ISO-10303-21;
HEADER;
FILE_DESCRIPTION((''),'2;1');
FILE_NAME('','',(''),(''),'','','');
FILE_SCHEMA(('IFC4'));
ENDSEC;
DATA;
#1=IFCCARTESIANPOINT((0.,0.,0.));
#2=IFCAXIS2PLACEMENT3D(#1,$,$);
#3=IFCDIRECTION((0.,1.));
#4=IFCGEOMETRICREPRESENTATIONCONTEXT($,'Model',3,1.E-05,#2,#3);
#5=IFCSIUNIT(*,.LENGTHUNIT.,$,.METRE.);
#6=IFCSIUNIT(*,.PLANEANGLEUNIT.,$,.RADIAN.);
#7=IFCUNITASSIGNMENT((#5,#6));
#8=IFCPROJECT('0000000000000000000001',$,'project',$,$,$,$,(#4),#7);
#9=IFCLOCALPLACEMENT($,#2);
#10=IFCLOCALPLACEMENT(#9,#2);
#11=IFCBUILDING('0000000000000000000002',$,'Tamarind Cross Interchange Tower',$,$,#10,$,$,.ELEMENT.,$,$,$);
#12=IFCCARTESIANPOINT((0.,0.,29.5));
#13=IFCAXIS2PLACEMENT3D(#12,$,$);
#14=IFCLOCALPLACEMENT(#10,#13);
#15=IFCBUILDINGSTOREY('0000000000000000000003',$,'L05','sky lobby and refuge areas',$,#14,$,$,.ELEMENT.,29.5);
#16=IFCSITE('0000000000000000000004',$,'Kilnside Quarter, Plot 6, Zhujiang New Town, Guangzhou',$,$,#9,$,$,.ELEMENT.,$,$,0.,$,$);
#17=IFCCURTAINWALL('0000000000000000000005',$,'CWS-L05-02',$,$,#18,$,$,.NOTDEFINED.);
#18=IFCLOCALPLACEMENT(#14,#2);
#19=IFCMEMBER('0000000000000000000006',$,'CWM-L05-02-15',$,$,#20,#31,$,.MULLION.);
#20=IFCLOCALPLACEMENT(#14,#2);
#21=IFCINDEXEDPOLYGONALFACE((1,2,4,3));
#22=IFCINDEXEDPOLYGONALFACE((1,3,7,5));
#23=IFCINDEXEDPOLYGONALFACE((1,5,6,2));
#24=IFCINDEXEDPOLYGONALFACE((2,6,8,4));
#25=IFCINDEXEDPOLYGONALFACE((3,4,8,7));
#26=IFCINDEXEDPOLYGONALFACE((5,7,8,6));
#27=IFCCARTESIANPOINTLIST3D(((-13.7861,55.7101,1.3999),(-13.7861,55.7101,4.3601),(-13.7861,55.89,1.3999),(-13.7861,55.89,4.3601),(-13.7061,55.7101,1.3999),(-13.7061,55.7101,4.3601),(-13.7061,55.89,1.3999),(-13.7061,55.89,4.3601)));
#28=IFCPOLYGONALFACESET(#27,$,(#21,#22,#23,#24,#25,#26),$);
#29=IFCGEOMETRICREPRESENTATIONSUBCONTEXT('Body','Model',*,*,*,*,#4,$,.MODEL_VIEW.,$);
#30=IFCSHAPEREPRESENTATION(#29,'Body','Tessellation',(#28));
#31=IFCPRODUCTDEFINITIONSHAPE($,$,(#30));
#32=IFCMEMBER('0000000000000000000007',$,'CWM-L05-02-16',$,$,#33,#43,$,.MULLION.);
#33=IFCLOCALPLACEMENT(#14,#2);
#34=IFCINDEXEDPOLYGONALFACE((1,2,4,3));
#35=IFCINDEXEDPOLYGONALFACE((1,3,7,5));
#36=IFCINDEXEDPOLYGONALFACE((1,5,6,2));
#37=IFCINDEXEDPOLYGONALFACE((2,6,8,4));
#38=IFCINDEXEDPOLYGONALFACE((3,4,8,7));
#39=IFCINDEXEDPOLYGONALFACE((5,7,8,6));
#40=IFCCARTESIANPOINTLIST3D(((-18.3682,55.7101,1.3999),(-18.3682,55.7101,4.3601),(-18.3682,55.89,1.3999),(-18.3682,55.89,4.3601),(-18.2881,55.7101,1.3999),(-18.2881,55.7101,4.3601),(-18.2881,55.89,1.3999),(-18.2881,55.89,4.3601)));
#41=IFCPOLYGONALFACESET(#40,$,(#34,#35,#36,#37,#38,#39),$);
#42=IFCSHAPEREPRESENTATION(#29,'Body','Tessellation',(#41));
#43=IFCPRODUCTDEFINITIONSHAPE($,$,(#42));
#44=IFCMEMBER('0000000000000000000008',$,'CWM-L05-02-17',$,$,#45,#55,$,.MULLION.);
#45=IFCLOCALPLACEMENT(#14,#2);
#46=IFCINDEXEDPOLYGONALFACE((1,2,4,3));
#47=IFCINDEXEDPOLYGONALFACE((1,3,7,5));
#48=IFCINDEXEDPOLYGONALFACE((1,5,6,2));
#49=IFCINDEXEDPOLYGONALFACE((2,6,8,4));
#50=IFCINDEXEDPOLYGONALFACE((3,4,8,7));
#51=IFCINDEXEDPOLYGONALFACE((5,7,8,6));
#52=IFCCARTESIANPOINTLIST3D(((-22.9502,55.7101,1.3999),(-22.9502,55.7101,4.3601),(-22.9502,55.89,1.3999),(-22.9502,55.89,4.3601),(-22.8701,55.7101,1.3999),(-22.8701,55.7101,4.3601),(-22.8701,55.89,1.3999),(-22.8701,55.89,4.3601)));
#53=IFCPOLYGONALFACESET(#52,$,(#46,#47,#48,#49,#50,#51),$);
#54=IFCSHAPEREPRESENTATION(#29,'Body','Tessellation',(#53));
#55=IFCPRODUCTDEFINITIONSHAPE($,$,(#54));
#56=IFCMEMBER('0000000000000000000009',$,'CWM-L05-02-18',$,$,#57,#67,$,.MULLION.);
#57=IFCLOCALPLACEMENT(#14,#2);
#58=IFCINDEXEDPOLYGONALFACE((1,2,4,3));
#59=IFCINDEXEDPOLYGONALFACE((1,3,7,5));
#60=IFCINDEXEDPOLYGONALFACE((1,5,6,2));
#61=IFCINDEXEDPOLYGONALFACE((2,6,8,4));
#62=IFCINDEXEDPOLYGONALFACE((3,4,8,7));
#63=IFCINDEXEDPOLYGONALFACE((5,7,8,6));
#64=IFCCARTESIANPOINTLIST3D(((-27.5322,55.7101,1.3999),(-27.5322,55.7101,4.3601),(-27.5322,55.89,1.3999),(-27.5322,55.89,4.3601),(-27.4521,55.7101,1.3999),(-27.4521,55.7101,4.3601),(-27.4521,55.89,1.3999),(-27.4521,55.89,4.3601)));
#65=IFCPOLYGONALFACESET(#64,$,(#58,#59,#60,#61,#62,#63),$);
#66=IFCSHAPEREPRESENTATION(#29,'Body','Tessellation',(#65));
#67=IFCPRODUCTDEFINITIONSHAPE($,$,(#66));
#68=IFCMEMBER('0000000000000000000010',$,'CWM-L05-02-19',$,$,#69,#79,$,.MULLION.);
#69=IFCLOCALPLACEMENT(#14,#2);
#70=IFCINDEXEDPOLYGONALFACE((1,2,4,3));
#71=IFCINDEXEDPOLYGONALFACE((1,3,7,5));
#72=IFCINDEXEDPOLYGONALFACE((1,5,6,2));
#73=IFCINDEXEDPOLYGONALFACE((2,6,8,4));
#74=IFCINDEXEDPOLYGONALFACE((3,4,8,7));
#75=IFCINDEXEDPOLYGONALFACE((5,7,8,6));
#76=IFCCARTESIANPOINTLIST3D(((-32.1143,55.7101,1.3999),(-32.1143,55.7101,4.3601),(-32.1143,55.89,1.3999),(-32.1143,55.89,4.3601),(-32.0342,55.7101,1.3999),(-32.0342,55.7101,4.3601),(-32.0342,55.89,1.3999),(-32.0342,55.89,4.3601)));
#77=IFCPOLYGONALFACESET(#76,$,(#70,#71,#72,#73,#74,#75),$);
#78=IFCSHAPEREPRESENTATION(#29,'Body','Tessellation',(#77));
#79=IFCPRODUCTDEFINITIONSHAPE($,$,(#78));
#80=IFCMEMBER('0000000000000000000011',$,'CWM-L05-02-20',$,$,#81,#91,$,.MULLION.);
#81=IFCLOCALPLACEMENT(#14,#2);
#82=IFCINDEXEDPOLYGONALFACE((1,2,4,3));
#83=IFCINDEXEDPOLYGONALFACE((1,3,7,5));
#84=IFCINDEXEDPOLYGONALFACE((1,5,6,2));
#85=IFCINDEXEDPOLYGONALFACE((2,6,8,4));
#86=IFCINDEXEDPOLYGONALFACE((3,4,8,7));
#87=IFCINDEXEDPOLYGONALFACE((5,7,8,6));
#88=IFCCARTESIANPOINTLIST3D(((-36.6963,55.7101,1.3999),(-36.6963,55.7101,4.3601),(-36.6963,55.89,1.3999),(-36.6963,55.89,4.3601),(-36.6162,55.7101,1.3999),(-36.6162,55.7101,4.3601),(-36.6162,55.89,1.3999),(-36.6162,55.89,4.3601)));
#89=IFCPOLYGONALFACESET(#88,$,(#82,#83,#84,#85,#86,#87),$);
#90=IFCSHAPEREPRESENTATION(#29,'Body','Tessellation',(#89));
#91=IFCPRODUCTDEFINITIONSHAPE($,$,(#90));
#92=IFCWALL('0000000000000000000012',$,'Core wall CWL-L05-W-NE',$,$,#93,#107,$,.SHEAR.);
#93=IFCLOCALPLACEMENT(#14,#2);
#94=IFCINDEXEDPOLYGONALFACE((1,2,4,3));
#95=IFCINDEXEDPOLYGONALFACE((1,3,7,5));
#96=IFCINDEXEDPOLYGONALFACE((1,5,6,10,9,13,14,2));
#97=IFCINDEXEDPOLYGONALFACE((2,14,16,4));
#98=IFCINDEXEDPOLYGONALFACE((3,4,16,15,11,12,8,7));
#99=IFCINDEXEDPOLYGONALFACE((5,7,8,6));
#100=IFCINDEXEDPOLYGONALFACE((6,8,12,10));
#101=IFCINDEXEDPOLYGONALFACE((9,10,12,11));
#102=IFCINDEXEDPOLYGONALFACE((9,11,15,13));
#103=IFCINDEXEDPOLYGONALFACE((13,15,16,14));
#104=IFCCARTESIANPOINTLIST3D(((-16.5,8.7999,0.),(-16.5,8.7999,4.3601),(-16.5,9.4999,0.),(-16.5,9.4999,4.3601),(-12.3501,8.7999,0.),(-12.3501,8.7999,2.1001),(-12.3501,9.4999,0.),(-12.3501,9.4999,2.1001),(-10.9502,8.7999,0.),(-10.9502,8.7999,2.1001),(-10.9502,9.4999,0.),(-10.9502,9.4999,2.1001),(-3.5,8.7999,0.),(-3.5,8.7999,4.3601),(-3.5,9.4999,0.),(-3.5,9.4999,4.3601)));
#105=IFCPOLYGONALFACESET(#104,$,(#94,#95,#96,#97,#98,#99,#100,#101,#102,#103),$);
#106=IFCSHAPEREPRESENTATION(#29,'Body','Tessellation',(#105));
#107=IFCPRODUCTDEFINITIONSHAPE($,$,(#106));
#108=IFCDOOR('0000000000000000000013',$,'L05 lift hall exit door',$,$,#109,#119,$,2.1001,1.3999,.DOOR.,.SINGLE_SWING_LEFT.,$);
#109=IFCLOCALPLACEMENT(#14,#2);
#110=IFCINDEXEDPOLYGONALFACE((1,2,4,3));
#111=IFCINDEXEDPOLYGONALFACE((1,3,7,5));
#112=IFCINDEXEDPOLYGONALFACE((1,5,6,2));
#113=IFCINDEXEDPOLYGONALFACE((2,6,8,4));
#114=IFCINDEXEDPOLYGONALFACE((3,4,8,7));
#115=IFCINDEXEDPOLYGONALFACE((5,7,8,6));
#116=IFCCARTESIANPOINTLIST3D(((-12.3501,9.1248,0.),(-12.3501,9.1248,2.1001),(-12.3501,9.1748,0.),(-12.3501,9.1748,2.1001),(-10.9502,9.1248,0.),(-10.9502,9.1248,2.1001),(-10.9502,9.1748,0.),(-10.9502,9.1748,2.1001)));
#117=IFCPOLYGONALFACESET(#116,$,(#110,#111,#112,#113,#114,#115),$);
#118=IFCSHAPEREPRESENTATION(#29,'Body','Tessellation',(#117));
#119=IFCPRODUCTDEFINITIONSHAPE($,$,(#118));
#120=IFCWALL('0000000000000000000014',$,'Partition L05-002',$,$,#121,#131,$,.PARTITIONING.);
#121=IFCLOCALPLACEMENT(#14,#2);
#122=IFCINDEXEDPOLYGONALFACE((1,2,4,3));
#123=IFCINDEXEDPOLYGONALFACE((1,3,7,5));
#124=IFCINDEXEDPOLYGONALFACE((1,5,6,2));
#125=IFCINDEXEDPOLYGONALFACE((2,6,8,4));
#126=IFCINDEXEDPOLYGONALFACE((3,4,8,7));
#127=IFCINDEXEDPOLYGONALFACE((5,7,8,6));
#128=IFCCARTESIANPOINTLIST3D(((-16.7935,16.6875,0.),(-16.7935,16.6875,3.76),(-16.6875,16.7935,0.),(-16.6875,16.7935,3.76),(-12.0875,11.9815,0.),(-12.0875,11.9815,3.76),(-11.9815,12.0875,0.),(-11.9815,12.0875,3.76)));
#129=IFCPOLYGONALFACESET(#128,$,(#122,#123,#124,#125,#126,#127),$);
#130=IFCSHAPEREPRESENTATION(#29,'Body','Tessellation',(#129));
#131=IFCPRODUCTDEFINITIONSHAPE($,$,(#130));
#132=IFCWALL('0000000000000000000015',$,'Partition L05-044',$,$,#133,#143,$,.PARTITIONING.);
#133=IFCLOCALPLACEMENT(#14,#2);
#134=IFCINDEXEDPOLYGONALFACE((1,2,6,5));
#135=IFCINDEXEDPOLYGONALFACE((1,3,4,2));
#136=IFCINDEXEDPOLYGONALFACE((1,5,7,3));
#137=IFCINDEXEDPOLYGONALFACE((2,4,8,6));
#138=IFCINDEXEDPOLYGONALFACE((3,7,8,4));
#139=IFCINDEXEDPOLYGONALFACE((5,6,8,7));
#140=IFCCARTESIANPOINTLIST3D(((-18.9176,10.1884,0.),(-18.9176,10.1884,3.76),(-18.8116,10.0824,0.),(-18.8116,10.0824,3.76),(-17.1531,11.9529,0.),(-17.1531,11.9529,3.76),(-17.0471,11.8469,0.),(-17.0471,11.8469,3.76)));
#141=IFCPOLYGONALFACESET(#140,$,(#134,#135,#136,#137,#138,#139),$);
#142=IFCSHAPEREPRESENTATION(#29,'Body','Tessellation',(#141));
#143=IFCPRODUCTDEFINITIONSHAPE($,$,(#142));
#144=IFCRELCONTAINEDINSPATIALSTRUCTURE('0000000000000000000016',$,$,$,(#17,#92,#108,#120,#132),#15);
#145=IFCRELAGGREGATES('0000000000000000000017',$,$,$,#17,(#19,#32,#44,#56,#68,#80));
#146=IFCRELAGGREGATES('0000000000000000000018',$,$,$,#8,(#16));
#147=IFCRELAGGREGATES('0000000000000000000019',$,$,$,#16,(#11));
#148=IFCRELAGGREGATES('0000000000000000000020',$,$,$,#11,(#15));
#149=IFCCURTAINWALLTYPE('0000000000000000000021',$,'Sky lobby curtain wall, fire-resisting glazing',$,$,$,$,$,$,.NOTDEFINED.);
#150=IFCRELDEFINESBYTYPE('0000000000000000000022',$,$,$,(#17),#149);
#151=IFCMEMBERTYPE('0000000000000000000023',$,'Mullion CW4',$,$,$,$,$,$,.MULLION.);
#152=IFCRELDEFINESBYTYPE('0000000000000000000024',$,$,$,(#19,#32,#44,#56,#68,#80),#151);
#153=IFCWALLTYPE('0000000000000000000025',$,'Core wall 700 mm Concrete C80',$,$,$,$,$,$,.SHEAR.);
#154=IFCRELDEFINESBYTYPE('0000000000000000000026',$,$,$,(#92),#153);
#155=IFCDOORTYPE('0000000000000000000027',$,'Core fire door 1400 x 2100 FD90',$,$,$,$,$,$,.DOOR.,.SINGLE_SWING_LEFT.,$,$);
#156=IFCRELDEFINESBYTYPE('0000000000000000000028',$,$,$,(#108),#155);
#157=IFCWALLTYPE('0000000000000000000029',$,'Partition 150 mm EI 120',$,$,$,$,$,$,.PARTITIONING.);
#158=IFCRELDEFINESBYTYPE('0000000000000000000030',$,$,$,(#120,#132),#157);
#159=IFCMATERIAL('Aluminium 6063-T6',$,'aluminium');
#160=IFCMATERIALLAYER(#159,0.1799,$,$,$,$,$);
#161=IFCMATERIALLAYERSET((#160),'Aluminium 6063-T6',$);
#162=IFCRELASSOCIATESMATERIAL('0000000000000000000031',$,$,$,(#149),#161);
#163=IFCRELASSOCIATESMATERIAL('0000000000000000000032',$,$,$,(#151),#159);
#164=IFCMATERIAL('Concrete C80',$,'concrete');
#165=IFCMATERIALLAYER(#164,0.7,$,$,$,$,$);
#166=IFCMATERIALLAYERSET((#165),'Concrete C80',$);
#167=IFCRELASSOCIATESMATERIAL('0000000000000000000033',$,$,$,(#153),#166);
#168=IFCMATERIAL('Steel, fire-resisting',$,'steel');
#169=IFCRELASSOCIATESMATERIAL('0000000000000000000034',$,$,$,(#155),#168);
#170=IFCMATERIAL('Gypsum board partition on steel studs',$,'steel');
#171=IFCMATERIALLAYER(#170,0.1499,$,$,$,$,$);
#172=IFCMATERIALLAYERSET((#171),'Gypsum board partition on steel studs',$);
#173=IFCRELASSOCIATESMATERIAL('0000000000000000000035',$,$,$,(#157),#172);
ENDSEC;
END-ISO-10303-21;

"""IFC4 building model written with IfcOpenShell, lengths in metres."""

from ifc_helpers import new_model, si_unit, direction, frame, frame_2d, origin, origin_2d, place, context, subcontext, project, spatial, rectangle, extrude, material, layer, layer_set, material_profile, profile_set, type_object, element, fill, aggregate, save


model = new_model("IFC4")

# Units and contexts
model_context = context("Model", 3, precision=1e-05, world=origin(), true_north=direction((0.0, 1.0)))
body_context = subcontext(model_context, "Body", "Model", "MODEL_VIEW")
ifc_project = project(units=[si_unit("LENGTHUNIT", "METRE"), si_unit("PLANEANGLEUNIT", "RADIAN")], contexts=[model_context])

# Site, building, storey
site_placement = place(None, origin())
site = spatial("IfcSite", under=ifc_project, at=site_placement, Name="Kilnside Quarter, Plot 6, Zhujiang New Town, Guangzhou", CompositionType="ELEMENT", RefElevation=0.0)
building_placement = place(site_placement, origin())
building = spatial("IfcBuilding", under=site, at=building_placement, Name="Tamarind Cross Interchange Tower", CompositionType="ELEMENT")
storey_placement = place(building_placement, frame((0.0, 0.0, 29.5)))
storey = spatial("IfcBuildingStorey", under=building, at=storey_placement, Name="L05", Description="sky lobby and refuge areas", CompositionType="ELEMENT", Elevation=29.5)

# Curtain wall, members
ifc_material_1 = material(Name="Aluminium 6063-T6", Category="aluminium")
ifc_layer_1 = layer(ifc_material_1, 0.1799)
ifc_layer_set_1 = layer_set([ifc_layer_1], Name="Aluminium 6063-T6")
curtain_wall_type = type_object("IfcCurtainWallType", Name="Sky lobby curtain wall, fire-resisting glazing", PredefinedType="NOTDEFINED", material=ifc_layer_set_1)
curtain_wall_placement = place(storey_placement, origin())
curtain_wall = element("IfcCurtainWall", 1, at=curtain_wall_placement, inside=storey, type_object=curtain_wall_type, Name="CWS-L05-02", PredefinedType="NOTDEFINED")
ifc_material_profile_1 = material_profile(ifc_material_1, rectangle(XDim=0.0801, YDim=0.1799, at=origin_2d()), Name="Mullion CW4")
ifc_profile_set_1 = profile_set([ifc_material_profile_1], Name="Aluminium 6063-T6")
member_type = type_object("IfcMemberType", Name="Mullion CW4", PredefinedType="MULLION", material=ifc_profile_set_1)
member_1_placement = place(storey_placement, frame((-13.7461, 55.8, 1.3999), z_axis=(0.0, 0.0, 1.0), x_axis=(-1.0, 0.0, 0.0)))
member_1 = element("IfcMember", 2, at=member_1_placement, type_object=member_type, Name="CWM-L05-02-15", PredefinedType="MULLION", context=body_context, shape_type="SweptSolid", body=[
    extrude(rectangle(XDim=0.0801, YDim=0.1799, at=origin_2d()), origin(), (0.0, 0.0, 1.0), 2.9602),
])
member_2_placement = place(storey_placement, frame((-18.3281, 55.8, 1.3999), z_axis=(0.0, 0.0, 1.0), x_axis=(-1.0, 0.0, 0.0)))
member_2 = element("IfcMember", 3, at=member_2_placement, type_object=member_type, Name="CWM-L05-02-16", PredefinedType="MULLION", context=body_context, shape_type="SweptSolid", body=[
    extrude(rectangle(XDim=0.0801, YDim=0.1799, at=origin_2d()), origin(), (0.0, 0.0, 1.0), 2.9602),
])
member_3_placement = place(storey_placement, frame((-22.9102, 55.8, 1.3999), z_axis=(0.0, 0.0, 1.0), x_axis=(-1.0, 0.0, 0.0)))
member_3 = element("IfcMember", 4, at=member_3_placement, type_object=member_type, Name="CWM-L05-02-17", PredefinedType="MULLION", context=body_context, shape_type="SweptSolid", body=[
    extrude(rectangle(XDim=0.0801, YDim=0.1799, at=origin_2d()), origin(), (0.0, 0.0, 1.0), 2.9602),
])
member_4_placement = place(storey_placement, frame((-27.4922, 55.8, 1.3999), z_axis=(0.0, 0.0, 1.0), x_axis=(-1.0, 0.0, 0.0)))
member_4 = element("IfcMember", 5, at=member_4_placement, type_object=member_type, Name="CWM-L05-02-18", PredefinedType="MULLION", context=body_context, shape_type="SweptSolid", body=[
    extrude(rectangle(XDim=0.0801, YDim=0.1799, at=origin_2d()), origin(), (0.0, 0.0, 1.0), 2.9602),
])
member_5_placement = place(storey_placement, frame((-32.0742, 55.8, 1.3999), z_axis=(0.0, 0.0, 1.0), x_axis=(-1.0, 0.0, 0.0)))
member_5 = element("IfcMember", 6, at=member_5_placement, type_object=member_type, Name="CWM-L05-02-19", PredefinedType="MULLION", context=body_context, shape_type="SweptSolid", body=[
    extrude(rectangle(XDim=0.0801, YDim=0.1799, at=origin_2d()), origin(), (0.0, 0.0, 1.0), 2.9602),
])
member_6_placement = place(storey_placement, frame((-36.6562, 55.8, 1.3999), z_axis=(0.0, 0.0, 1.0), x_axis=(-1.0, 0.0, 0.0)))
member_6 = element("IfcMember", 7, at=member_6_placement, type_object=member_type, Name="CWM-L05-02-20", PredefinedType="MULLION", context=body_context, shape_type="SweptSolid", body=[
    extrude(rectangle(XDim=0.0801, YDim=0.1799, at=origin_2d()), origin(), (0.0, 0.0, 1.0), 2.9602),
])
aggregate(curtain_wall, [member_1, member_2, member_3, member_4, member_5, member_6])

# Wall, opening, door
ifc_material_2 = material(Name="Concrete C80", Category="concrete")
ifc_layer_2 = layer(ifc_material_2, 0.7)
ifc_layer_set_2 = layer_set([ifc_layer_2], Name="Concrete C80")
wall_type_1 = type_object("IfcWallType", Name="Core wall 700 mm Concrete C80", PredefinedType="SHEAR", material=ifc_layer_set_2)
wall_1_placement = place(storey_placement, frame((-16.5, 9.1499, 0.0), z_axis=(0.0, 0.0, 1.0), x_axis=(1.0, 0.0, 0.0)))
wall_1 = element("IfcWall", 8, at=wall_1_placement, inside=storey, type_object=wall_type_1, Name="Core wall CWL-L05-W-NE", PredefinedType="SHEAR", context=body_context, shape_type="SweptSolid", body=[
    extrude(rectangle(XDim=13.0, YDim=0.7, at=frame_2d((6.5, 0.0))), origin(), (0.0, 0.0, 1.0), 4.3601),
])
opening_1_placement = place(wall_1_placement, frame((4.1499, 0.0, 0.0)))
opening_1 = element("IfcOpeningElement", 9, at=opening_1_placement, cuts=wall_1, PredefinedType="OPENING", context=body_context, shape_type="SweptSolid", body=[
    extrude(rectangle(XDim=1.3999, YDim=2.1001, at=frame_2d((0.7, 1.05))), frame((0.0, 0.3599, 0.0), z_axis=(0.0, -1.0, 0.0), x_axis=(1.0, 0.0, 0.0)), (0.0, 0.0, 1.0), 0.72),
])
ifc_material_3 = material(Name="Steel, fire-resisting", Category="steel")
door_type_1 = type_object("IfcDoorType", Name="Core fire door 1400 x 2100 FD90", OperationType="SINGLE_SWING_LEFT", PredefinedType="DOOR", material=ifc_material_3)
door_1_placement = place(opening_1_placement, origin())
door_1 = element("IfcDoor", 10, at=door_1_placement, inside=storey, type_object=door_type_1, Name="L05 lift hall exit door", OperationType="SINGLE_SWING_LEFT", OverallHeight=2.1001, OverallWidth=1.3999, PredefinedType="DOOR", context=body_context, shape_type="SweptSolid", body=[
    extrude(rectangle(XDim=1.3999, YDim=2.1001, at=frame_2d((0.7, 1.05))), frame((0.0, 0.0249, 0.0), z_axis=(0.0, -1.0, 0.0), x_axis=(1.0, 0.0, 0.0)), (0.0, 0.0, 1.0), 0.05),
])
fill(opening_1, door_1)

# Walls
ifc_material_4 = material(Name="Gypsum board partition on steel studs", Category="steel")
ifc_layer_3 = layer(ifc_material_4, 0.1499)
ifc_layer_set_3 = layer_set([ifc_layer_3], Name="Gypsum board partition on steel studs")
wall_type_2 = type_object("IfcWallType", Name="Partition 150 mm EI 120", PredefinedType="PARTITIONING", material=ifc_layer_set_3)
wall_2_placement = place(storey_placement, frame((-16.7405, 16.7405, 0.0), z_axis=(0.0, 0.0, 1.0), x_axis=(0.707107, -0.707107, 0.0)))
element("IfcWall", 11, at=wall_2_placement, inside=storey, type_object=wall_type_2, Name="Partition L05-002", PredefinedType="PARTITIONING", context=body_context, shape_type="SweptSolid", body=[
    extrude(rectangle(XDim=6.6553, YDim=0.1499, at=frame_2d((3.3276, 0.0))), origin(), (0.0, 0.0, 1.0), 3.76),
])
wall_3_placement = place(storey_placement, frame((-18.8645, 10.1355, 0.0), z_axis=(0.0, 0.0, 1.0), x_axis=(0.707107, 0.707107, 0.0)))
element("IfcWall", 12, at=wall_3_placement, inside=storey, type_object=wall_type_2, Name="Partition L05-044", PredefinedType="PARTITIONING", context=body_context, shape_type="SweptSolid", body=[
    extrude(rectangle(XDim=2.4954, YDim=0.1499, at=frame_2d((1.2476, 0.0))), origin(), (0.0, 0.0, 1.0), 3.76),
])

save(model, "model.ifc")
